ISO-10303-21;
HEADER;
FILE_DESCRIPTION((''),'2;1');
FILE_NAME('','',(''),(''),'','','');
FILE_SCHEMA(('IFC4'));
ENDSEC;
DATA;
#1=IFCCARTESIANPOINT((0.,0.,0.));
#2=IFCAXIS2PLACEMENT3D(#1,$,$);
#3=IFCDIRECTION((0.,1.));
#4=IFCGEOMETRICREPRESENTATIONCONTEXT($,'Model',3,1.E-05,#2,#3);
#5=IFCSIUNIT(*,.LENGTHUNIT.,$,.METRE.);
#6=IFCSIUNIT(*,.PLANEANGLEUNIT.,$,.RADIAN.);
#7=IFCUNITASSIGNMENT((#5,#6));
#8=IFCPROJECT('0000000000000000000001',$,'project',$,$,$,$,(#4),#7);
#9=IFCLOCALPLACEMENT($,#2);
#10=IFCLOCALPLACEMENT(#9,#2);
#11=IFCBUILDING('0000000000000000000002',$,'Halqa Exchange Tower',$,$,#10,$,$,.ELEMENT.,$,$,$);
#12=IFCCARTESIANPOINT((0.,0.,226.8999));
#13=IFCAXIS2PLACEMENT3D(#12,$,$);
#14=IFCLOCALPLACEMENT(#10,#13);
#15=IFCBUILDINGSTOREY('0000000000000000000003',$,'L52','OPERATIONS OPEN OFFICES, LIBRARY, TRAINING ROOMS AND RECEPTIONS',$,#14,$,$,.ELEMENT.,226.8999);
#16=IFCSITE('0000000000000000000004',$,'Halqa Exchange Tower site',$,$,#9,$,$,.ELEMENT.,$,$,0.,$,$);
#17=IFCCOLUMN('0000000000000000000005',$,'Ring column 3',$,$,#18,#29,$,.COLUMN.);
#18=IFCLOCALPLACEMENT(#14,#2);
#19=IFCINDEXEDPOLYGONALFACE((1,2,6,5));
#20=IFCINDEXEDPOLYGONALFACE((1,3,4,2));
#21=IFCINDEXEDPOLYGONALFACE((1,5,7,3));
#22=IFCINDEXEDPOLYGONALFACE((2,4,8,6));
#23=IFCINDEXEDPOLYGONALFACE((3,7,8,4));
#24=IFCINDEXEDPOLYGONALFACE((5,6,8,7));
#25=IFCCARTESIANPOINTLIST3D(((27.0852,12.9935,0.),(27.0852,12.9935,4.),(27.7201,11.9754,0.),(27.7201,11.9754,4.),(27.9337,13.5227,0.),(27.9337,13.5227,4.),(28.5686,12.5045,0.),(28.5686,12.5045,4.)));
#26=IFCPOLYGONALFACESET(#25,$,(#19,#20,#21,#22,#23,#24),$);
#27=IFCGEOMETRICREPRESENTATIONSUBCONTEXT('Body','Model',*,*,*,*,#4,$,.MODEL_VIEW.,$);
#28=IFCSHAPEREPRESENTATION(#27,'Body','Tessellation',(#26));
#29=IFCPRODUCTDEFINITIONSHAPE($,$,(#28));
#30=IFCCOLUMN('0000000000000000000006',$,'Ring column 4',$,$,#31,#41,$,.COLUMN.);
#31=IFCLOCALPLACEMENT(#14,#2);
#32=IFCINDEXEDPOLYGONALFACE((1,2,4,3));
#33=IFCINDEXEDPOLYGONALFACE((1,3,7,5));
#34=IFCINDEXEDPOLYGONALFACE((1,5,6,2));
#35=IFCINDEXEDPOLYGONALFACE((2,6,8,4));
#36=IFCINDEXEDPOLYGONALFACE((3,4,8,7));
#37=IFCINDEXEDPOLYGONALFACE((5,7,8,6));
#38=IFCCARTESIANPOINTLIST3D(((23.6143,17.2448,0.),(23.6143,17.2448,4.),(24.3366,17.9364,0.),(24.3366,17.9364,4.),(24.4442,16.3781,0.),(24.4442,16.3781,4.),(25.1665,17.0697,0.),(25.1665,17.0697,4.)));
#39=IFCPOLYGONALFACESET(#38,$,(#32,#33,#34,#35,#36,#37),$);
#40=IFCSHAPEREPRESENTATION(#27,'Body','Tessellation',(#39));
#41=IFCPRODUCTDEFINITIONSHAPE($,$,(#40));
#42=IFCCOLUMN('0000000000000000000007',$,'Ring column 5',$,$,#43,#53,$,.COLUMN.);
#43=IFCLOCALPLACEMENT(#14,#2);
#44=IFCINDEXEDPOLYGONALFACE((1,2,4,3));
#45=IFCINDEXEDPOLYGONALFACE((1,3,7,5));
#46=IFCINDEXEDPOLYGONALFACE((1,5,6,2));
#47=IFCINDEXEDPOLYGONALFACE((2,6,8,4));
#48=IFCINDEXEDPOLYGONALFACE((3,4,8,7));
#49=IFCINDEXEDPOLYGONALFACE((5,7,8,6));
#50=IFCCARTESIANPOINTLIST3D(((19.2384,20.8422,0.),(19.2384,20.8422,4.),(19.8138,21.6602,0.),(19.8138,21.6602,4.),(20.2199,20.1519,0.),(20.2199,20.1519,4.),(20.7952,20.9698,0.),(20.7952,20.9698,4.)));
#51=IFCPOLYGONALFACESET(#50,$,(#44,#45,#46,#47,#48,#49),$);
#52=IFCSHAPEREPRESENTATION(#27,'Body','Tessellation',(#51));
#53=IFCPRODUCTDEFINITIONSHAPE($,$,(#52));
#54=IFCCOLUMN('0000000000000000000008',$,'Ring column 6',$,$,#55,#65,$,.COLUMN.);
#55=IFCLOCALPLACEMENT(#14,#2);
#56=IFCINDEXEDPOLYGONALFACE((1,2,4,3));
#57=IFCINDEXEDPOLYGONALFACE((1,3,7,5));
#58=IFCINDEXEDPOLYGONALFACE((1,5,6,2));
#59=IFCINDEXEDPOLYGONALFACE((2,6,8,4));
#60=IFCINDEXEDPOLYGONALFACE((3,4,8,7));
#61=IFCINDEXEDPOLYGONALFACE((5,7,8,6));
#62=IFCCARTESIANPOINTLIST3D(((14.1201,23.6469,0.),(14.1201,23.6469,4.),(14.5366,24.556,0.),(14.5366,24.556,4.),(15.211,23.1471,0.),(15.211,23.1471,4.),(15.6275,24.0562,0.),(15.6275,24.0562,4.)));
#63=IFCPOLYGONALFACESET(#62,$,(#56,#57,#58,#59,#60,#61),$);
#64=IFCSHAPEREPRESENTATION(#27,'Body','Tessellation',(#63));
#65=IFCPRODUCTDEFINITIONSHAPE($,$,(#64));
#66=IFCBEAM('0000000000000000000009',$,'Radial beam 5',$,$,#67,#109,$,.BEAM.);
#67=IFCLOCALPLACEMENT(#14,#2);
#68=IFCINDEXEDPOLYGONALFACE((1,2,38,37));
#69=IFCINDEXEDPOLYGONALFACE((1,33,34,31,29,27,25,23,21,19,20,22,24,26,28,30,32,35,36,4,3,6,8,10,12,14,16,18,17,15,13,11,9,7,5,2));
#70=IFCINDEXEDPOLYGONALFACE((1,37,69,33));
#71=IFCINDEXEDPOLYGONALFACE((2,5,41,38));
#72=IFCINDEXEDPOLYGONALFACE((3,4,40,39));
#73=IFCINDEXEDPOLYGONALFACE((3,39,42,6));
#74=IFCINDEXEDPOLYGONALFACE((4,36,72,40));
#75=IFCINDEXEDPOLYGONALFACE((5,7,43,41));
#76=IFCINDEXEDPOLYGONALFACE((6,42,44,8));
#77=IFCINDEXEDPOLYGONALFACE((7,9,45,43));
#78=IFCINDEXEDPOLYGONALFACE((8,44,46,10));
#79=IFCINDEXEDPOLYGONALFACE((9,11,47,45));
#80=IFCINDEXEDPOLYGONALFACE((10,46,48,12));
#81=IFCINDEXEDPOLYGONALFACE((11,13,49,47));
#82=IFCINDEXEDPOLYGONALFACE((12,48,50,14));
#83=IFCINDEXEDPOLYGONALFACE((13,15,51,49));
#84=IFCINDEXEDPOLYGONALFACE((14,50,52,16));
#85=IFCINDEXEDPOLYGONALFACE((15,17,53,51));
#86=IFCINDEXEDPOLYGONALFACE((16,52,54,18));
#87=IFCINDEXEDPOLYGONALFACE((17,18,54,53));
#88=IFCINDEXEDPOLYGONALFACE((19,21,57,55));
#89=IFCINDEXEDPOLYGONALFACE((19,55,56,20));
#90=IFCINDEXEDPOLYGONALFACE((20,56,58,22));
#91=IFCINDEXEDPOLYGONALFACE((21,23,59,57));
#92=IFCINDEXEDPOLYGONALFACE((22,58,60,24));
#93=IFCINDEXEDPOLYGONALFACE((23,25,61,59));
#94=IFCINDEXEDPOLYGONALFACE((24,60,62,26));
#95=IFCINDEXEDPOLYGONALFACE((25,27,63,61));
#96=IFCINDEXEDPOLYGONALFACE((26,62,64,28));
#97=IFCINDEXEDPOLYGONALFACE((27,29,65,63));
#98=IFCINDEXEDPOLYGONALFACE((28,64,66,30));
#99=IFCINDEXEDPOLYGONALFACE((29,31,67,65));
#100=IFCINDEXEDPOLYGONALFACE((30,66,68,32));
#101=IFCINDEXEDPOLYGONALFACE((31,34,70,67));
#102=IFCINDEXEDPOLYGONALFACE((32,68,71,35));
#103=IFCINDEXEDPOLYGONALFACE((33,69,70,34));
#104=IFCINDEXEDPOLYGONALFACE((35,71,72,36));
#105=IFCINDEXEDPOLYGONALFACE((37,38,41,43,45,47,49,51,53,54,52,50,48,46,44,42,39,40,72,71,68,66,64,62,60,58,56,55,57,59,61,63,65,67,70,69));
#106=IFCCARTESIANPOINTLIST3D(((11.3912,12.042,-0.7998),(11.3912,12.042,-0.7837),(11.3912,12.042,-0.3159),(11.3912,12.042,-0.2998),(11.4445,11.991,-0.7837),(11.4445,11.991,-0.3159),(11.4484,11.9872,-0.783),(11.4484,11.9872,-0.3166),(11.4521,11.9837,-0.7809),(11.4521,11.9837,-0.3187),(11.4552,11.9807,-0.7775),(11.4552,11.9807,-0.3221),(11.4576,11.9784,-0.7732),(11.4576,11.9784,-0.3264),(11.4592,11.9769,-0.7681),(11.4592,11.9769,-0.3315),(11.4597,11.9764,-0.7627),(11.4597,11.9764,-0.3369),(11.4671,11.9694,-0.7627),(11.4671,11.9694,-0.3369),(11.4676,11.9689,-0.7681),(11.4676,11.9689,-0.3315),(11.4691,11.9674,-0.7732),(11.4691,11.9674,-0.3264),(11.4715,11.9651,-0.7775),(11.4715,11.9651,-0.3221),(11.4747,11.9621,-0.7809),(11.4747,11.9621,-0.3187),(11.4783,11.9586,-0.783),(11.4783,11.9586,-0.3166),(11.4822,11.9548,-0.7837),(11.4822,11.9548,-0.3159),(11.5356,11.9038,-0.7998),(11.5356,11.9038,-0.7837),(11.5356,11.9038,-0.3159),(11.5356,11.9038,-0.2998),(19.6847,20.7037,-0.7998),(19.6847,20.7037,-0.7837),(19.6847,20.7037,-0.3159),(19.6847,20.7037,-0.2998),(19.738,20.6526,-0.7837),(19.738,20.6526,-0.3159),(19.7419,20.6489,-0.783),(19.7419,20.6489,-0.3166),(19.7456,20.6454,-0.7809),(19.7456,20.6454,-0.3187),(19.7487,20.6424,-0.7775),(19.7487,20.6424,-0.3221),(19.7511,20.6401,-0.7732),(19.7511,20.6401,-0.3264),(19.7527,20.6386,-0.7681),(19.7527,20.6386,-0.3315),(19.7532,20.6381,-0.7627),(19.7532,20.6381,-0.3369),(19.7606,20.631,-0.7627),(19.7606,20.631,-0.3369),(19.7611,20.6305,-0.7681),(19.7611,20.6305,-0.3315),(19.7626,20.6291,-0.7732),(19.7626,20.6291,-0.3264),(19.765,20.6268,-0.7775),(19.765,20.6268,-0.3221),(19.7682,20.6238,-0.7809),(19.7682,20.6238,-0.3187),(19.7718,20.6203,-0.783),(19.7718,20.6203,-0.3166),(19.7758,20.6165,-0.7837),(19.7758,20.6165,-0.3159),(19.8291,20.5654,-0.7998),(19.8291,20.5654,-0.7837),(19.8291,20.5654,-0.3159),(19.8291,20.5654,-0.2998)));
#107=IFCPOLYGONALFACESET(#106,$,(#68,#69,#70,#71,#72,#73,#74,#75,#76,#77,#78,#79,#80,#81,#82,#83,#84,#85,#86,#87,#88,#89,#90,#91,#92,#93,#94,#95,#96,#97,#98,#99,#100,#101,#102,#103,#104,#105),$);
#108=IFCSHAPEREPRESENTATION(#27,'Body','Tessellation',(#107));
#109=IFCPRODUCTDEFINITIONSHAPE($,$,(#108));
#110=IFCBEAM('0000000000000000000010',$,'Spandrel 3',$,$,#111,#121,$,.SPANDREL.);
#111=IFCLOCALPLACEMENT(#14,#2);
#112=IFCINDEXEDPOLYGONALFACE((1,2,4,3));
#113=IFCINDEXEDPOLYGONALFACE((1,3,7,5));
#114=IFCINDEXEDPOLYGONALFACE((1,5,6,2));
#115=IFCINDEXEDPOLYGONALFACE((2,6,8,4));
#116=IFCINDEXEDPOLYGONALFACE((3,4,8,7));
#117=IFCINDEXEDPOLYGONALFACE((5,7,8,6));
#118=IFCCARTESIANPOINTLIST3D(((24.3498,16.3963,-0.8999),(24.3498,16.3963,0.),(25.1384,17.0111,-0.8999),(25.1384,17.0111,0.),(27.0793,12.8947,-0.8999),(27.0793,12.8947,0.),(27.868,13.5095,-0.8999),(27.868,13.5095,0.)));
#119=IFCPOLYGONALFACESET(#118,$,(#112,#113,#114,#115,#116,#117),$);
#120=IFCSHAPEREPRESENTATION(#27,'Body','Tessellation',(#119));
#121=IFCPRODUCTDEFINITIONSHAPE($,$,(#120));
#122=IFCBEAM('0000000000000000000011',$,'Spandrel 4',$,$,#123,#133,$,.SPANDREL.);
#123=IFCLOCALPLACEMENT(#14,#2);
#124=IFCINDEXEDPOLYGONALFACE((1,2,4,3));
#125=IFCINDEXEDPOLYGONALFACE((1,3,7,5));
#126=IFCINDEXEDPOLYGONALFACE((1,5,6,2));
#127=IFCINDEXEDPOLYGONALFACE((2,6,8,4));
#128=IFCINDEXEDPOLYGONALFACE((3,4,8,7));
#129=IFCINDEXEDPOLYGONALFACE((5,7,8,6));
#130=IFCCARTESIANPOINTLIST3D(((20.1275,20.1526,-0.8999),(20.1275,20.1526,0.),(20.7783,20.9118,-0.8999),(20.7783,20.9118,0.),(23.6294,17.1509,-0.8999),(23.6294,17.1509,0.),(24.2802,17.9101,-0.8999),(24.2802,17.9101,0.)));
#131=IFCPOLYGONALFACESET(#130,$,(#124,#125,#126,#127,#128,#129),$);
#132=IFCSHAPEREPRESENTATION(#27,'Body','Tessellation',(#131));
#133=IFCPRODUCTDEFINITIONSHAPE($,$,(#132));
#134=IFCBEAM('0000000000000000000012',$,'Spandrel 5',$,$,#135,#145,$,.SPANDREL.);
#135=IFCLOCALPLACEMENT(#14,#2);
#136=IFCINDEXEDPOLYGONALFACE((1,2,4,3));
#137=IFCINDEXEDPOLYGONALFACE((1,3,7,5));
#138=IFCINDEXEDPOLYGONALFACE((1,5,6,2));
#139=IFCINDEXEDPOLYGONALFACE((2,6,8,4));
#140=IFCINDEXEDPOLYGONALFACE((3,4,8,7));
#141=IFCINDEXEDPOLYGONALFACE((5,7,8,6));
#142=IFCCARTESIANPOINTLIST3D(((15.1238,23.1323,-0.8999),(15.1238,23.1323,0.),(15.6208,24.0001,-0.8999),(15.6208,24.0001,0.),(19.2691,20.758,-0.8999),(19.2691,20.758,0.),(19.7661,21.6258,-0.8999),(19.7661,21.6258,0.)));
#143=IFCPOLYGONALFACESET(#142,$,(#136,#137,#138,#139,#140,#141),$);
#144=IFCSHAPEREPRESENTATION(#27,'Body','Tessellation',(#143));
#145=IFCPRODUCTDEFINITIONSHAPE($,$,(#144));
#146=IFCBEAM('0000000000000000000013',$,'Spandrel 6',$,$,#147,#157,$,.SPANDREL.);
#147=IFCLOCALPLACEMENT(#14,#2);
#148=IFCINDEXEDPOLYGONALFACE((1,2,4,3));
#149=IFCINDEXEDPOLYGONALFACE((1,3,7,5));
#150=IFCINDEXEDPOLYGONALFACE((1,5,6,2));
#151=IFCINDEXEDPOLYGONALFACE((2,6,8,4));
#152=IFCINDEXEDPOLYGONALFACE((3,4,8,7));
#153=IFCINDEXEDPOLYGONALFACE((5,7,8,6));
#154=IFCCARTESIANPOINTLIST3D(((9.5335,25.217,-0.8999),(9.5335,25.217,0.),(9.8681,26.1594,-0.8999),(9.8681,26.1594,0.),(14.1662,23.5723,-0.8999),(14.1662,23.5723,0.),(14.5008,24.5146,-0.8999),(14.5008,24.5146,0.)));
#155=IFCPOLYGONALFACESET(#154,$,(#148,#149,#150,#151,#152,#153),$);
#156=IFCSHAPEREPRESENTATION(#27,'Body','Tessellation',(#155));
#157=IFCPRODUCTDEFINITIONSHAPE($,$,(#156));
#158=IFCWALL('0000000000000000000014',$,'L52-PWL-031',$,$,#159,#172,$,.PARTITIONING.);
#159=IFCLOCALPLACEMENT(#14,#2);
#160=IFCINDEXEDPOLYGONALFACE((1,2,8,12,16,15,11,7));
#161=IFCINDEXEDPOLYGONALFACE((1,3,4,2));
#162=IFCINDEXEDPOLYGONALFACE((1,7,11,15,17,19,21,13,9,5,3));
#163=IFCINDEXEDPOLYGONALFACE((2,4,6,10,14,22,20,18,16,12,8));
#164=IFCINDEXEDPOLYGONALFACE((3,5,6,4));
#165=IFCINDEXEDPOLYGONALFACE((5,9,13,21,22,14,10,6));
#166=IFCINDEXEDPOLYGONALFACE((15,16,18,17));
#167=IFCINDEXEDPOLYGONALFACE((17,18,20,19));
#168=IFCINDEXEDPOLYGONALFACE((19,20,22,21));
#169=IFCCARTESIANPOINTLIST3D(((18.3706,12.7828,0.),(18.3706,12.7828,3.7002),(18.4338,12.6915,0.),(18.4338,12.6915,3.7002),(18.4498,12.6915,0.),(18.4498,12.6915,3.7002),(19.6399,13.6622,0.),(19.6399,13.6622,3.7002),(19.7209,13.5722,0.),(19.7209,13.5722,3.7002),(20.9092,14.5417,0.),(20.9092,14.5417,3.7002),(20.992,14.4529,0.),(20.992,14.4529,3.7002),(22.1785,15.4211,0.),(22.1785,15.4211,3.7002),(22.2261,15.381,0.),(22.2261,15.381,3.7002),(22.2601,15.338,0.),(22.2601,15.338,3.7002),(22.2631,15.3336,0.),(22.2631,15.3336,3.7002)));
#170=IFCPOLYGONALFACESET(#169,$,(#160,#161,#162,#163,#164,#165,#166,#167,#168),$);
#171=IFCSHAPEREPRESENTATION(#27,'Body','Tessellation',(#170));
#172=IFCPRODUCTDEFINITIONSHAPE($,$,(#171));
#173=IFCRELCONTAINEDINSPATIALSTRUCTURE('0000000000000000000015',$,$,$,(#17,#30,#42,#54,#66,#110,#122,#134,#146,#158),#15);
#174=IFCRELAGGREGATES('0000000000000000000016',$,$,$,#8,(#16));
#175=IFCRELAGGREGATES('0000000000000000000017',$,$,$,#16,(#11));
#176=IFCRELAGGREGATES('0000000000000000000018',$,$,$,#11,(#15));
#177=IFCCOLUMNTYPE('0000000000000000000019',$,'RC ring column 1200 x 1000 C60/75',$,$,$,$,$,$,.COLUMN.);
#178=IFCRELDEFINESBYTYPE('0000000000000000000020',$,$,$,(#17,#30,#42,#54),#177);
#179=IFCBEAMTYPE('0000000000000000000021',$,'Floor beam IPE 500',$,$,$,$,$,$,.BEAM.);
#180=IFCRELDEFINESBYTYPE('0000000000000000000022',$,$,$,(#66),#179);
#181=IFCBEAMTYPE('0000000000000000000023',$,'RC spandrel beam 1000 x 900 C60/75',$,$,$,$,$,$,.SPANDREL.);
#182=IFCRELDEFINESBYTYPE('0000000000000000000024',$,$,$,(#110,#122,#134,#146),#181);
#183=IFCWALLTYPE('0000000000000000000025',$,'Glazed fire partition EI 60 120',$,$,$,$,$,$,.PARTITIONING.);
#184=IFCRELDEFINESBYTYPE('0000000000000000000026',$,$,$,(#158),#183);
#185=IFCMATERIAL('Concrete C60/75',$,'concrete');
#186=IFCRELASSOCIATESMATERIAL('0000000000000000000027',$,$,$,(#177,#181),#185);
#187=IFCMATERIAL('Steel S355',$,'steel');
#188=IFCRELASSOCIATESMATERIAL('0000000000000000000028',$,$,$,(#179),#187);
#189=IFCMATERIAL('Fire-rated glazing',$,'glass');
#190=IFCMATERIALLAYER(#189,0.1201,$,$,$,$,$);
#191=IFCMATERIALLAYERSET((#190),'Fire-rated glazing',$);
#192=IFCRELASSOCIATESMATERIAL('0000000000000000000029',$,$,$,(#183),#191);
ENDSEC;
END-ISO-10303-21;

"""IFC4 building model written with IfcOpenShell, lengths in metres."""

from ifc_helpers import new_model, si_unit, direction, frame, origin, origin_2d, place, context, subcontext, project, spatial, polyline, rectangle, i_section, outline, extrude, material, layer, layer_set, material_profile, profile_set, type_object, element, save


model = new_model("IFC4")

# Units and contexts
model_context = context("Model", 3, precision=1e-05, world=origin(), true_north=direction((0.0, 1.0)))
body_context = subcontext(model_context, "Body", "Model", "MODEL_VIEW")
ifc_project = project(units=[si_unit("LENGTHUNIT", "METRE"), si_unit("PLANEANGLEUNIT", "RADIAN")], contexts=[model_context])

# Site, building, storey
site_placement = place(None, origin())
site = spatial("IfcSite", under=ifc_project, at=site_placement, Name="Halqa Exchange Tower site", CompositionType="ELEMENT", RefElevation=0.0)
building_placement = place(site_placement, origin())
building = spatial("IfcBuilding", under=site, at=building_placement, Name="Halqa Exchange Tower", CompositionType="ELEMENT")
storey_placement = place(building_placement, frame((0.0, 0.0, 226.8999)))
storey = spatial("IfcBuildingStorey", under=building, at=storey_placement, Name="L52", Description="OPERATIONS OPEN OFFICES, LIBRARY, TRAINING ROOMS AND RECEPTIONS", CompositionType="ELEMENT", Elevation=226.8999)

# Columns
ifc_material_1 = material(Name="Concrete C60/75", Category="concrete")
ifc_material_profile_1 = material_profile(ifc_material_1, rectangle(XDim=1.2, YDim=1.0, at=origin_2d()), Name="1200 x 1000")
ifc_profile_set_1 = profile_set([ifc_material_profile_1], Name="Concrete C60/75")
column_type = type_object("IfcColumnType", Name="RC ring column 1200 x 1000 C60/75", PredefinedType="COLUMN", material=ifc_profile_set_1)
for number, where, z_axis, x_axis, name in (
    (1, (27.8269, 12.749, 0.0), (0.0, 0.0, 1.0), (-0.529146, 0.848531, 0.0), "Ring column 3"),
    (2, (24.3904, 17.1572, 0.0), (0.0, 0.0, 1.0), (-0.691576, 0.722304, 0.0), "Ring column 4"),
    (3, (20.0168, 20.906, 0.0), (0.0, 0.0, 1.0), (-0.817909, 0.575348, 0.0), "Ring column 5"),
    (4, (14.8738, 23.8516, 0.0), (0.0, 0.0, 1.0), (-0.909129, 0.416516, 0.0), "Ring column 6"),
):
    element("IfcColumn", number, at=place(storey_placement, frame(where, z_axis=z_axis, x_axis=x_axis)), inside=storey, type_object=column_type, Name=name, PredefinedType="COLUMN", context=body_context, shape_type="SweptSolid", body=[
        extrude(rectangle(XDim=1.2, YDim=1.0, at=origin_2d()), origin(), (0.0, 0.0, 1.0), 4.0),
    ])

# Beams
ifc_material_2 = material(Name="Steel S355", Category="steel")
ifc_material_profile_2 = material_profile(ifc_material_2, i_section(OverallWidth=0.2, OverallDepth=0.5, WebThickness=0.0103, FlangeThickness=0.0161, FilletRadius=0.021, at=origin_2d()), Name="IPE 500")
ifc_profile_set_2 = profile_set([ifc_material_profile_2], Name="Steel S355")
beam_type_1 = type_object("IfcBeamType", Name="Floor beam IPE 500", PredefinedType="BEAM", material=ifc_profile_set_2)
beam_1_placement = place(storey_placement, frame((11.4634, 11.9729, -0.5498), z_axis=(0.69159, 0.722291, 0.0), x_axis=(-0.722291, 0.69159, 0.0)))
element("IfcBeam", 5, at=beam_1_placement, inside=storey, type_object=beam_type_1, Name="Radial beam 5", PredefinedType="BEAM", context=body_context, shape_type="SweptSolid", body=[
    extrude(i_section(OverallWidth=0.2, OverallDepth=0.5, WebThickness=0.0103, FlangeThickness=0.0161, FilletRadius=0.021, at=origin_2d()), origin(), (0.0, 0.0, 1.0), 11.9919),
])
ifc_material_profile_3 = material_profile(ifc_material_1, rectangle(XDim=1.0, YDim=0.8999, at=origin_2d()), Name="1000 x 900")
ifc_profile_set_3 = profile_set([ifc_material_profile_3], Name="Concrete C60/75")
beam_type_2 = type_object("IfcBeamType", Name="RC spandrel beam 1000 x 900 C60/75", PredefinedType="SPANDREL", material=ifc_profile_set_3)
beam_2_placement = place(storey_placement, frame((27.4736, 13.2021, -0.45), z_axis=(-0.614801, 0.788683, 0.0), x_axis=(-0.788683, -0.614801, 0.0)))
element("IfcBeam", 6, at=beam_2_placement, inside=storey, type_object=beam_type_2, Name="Spandrel 3", PredefinedType="SPANDREL", context=body_context, shape_type="SweptSolid", body=[
    extrude(rectangle(XDim=1.0, YDim=0.8999, at=origin_2d()), origin(), (0.0, 0.0, 1.0), 4.4397),
])
beam_3_placement = place(storey_placement, frame((23.9548, 17.5305, -0.45), z_axis=(-0.759253, 0.650796, 0.0), x_axis=(-0.650796, -0.759253, 0.0)))
element("IfcBeam", 7, at=beam_3_placement, inside=storey, type_object=beam_type_2, Name="Spandrel 4", PredefinedType="SPANDREL", context=body_context, shape_type="SweptSolid", body=[
    extrude(rectangle(XDim=1.0, YDim=0.8999, at=origin_2d()), origin(), (0.0, 0.0, 1.0), 4.6123),
])
beam_4_placement = place(storey_placement, frame((19.5176, 21.1919, -0.45), z_axis=(-0.867743, 0.497014, 0.0), x_axis=(-0.497014, -0.867743, 0.0)))
element("IfcBeam", 8, at=beam_4_placement, inside=storey, type_object=beam_type_2, Name="Spandrel 5", PredefinedType="SPANDREL", context=body_context, shape_type="SweptSolid", body=[
    extrude(rectangle(XDim=1.0, YDim=0.8999, at=origin_2d()), origin(), (0.0, 0.0, 1.0), 4.7771),
])
beam_5_placement = place(storey_placement, frame((14.3335, 24.0435, -0.45), z_axis=(-0.942372, 0.334568, 0.0), x_axis=(-0.334568, -0.942372, 0.0)))
element("IfcBeam", 9, at=beam_5_placement, inside=storey, type_object=beam_type_2, Name="Spandrel 6", PredefinedType="SPANDREL", context=body_context, shape_type="SweptSolid", body=[
    extrude(rectangle(XDim=1.0, YDim=0.8999, at=origin_2d()), origin(), (0.0, 0.0, 1.0), 4.916),
])

# Wall
ifc_material_3 = material(Name="Fire-rated glazing", Category="glass")
ifc_layer_1 = layer(ifc_material_3, 0.1201)
ifc_layer_set_1 = layer_set([ifc_layer_1], Name="Fire-rated glazing")
wall_type_1 = type_object("IfcWallType", Name="Glazed fire partition EI 60 120", PredefinedType="PARTITIONING", material=ifc_layer_set_1)
wall_1_placement = place(storey_placement, frame((18.4048, 12.7334, 0.0), z_axis=(0.0, 0.0, 1.0), x_axis=(0.821979, 0.569518, 0.0)))
element("IfcWall", 10, at=wall_1_placement, inside=storey, type_object=wall_type_1, Name="L52-PWL-031", PredefinedType="PARTITIONING", context=body_context, shape_type="SweptSolid", body=[
    extrude(outline(polyline([(4.6523, -0.0601), (4.6523, -0.0547), (4.6489, 0.0), (4.6326, 0.0601), (3.0884, 0.0601), (1.5442, 0.0601), (0.0, 0.0601), (0.0, -0.051), (0.0132, -0.0601), (1.5596, -0.0601), (3.106, -0.0601), (4.6523, -0.0601)])), origin(), (0.0, 0.0, 1.0), 3.7002),
])

save(model, "model.ifc")
